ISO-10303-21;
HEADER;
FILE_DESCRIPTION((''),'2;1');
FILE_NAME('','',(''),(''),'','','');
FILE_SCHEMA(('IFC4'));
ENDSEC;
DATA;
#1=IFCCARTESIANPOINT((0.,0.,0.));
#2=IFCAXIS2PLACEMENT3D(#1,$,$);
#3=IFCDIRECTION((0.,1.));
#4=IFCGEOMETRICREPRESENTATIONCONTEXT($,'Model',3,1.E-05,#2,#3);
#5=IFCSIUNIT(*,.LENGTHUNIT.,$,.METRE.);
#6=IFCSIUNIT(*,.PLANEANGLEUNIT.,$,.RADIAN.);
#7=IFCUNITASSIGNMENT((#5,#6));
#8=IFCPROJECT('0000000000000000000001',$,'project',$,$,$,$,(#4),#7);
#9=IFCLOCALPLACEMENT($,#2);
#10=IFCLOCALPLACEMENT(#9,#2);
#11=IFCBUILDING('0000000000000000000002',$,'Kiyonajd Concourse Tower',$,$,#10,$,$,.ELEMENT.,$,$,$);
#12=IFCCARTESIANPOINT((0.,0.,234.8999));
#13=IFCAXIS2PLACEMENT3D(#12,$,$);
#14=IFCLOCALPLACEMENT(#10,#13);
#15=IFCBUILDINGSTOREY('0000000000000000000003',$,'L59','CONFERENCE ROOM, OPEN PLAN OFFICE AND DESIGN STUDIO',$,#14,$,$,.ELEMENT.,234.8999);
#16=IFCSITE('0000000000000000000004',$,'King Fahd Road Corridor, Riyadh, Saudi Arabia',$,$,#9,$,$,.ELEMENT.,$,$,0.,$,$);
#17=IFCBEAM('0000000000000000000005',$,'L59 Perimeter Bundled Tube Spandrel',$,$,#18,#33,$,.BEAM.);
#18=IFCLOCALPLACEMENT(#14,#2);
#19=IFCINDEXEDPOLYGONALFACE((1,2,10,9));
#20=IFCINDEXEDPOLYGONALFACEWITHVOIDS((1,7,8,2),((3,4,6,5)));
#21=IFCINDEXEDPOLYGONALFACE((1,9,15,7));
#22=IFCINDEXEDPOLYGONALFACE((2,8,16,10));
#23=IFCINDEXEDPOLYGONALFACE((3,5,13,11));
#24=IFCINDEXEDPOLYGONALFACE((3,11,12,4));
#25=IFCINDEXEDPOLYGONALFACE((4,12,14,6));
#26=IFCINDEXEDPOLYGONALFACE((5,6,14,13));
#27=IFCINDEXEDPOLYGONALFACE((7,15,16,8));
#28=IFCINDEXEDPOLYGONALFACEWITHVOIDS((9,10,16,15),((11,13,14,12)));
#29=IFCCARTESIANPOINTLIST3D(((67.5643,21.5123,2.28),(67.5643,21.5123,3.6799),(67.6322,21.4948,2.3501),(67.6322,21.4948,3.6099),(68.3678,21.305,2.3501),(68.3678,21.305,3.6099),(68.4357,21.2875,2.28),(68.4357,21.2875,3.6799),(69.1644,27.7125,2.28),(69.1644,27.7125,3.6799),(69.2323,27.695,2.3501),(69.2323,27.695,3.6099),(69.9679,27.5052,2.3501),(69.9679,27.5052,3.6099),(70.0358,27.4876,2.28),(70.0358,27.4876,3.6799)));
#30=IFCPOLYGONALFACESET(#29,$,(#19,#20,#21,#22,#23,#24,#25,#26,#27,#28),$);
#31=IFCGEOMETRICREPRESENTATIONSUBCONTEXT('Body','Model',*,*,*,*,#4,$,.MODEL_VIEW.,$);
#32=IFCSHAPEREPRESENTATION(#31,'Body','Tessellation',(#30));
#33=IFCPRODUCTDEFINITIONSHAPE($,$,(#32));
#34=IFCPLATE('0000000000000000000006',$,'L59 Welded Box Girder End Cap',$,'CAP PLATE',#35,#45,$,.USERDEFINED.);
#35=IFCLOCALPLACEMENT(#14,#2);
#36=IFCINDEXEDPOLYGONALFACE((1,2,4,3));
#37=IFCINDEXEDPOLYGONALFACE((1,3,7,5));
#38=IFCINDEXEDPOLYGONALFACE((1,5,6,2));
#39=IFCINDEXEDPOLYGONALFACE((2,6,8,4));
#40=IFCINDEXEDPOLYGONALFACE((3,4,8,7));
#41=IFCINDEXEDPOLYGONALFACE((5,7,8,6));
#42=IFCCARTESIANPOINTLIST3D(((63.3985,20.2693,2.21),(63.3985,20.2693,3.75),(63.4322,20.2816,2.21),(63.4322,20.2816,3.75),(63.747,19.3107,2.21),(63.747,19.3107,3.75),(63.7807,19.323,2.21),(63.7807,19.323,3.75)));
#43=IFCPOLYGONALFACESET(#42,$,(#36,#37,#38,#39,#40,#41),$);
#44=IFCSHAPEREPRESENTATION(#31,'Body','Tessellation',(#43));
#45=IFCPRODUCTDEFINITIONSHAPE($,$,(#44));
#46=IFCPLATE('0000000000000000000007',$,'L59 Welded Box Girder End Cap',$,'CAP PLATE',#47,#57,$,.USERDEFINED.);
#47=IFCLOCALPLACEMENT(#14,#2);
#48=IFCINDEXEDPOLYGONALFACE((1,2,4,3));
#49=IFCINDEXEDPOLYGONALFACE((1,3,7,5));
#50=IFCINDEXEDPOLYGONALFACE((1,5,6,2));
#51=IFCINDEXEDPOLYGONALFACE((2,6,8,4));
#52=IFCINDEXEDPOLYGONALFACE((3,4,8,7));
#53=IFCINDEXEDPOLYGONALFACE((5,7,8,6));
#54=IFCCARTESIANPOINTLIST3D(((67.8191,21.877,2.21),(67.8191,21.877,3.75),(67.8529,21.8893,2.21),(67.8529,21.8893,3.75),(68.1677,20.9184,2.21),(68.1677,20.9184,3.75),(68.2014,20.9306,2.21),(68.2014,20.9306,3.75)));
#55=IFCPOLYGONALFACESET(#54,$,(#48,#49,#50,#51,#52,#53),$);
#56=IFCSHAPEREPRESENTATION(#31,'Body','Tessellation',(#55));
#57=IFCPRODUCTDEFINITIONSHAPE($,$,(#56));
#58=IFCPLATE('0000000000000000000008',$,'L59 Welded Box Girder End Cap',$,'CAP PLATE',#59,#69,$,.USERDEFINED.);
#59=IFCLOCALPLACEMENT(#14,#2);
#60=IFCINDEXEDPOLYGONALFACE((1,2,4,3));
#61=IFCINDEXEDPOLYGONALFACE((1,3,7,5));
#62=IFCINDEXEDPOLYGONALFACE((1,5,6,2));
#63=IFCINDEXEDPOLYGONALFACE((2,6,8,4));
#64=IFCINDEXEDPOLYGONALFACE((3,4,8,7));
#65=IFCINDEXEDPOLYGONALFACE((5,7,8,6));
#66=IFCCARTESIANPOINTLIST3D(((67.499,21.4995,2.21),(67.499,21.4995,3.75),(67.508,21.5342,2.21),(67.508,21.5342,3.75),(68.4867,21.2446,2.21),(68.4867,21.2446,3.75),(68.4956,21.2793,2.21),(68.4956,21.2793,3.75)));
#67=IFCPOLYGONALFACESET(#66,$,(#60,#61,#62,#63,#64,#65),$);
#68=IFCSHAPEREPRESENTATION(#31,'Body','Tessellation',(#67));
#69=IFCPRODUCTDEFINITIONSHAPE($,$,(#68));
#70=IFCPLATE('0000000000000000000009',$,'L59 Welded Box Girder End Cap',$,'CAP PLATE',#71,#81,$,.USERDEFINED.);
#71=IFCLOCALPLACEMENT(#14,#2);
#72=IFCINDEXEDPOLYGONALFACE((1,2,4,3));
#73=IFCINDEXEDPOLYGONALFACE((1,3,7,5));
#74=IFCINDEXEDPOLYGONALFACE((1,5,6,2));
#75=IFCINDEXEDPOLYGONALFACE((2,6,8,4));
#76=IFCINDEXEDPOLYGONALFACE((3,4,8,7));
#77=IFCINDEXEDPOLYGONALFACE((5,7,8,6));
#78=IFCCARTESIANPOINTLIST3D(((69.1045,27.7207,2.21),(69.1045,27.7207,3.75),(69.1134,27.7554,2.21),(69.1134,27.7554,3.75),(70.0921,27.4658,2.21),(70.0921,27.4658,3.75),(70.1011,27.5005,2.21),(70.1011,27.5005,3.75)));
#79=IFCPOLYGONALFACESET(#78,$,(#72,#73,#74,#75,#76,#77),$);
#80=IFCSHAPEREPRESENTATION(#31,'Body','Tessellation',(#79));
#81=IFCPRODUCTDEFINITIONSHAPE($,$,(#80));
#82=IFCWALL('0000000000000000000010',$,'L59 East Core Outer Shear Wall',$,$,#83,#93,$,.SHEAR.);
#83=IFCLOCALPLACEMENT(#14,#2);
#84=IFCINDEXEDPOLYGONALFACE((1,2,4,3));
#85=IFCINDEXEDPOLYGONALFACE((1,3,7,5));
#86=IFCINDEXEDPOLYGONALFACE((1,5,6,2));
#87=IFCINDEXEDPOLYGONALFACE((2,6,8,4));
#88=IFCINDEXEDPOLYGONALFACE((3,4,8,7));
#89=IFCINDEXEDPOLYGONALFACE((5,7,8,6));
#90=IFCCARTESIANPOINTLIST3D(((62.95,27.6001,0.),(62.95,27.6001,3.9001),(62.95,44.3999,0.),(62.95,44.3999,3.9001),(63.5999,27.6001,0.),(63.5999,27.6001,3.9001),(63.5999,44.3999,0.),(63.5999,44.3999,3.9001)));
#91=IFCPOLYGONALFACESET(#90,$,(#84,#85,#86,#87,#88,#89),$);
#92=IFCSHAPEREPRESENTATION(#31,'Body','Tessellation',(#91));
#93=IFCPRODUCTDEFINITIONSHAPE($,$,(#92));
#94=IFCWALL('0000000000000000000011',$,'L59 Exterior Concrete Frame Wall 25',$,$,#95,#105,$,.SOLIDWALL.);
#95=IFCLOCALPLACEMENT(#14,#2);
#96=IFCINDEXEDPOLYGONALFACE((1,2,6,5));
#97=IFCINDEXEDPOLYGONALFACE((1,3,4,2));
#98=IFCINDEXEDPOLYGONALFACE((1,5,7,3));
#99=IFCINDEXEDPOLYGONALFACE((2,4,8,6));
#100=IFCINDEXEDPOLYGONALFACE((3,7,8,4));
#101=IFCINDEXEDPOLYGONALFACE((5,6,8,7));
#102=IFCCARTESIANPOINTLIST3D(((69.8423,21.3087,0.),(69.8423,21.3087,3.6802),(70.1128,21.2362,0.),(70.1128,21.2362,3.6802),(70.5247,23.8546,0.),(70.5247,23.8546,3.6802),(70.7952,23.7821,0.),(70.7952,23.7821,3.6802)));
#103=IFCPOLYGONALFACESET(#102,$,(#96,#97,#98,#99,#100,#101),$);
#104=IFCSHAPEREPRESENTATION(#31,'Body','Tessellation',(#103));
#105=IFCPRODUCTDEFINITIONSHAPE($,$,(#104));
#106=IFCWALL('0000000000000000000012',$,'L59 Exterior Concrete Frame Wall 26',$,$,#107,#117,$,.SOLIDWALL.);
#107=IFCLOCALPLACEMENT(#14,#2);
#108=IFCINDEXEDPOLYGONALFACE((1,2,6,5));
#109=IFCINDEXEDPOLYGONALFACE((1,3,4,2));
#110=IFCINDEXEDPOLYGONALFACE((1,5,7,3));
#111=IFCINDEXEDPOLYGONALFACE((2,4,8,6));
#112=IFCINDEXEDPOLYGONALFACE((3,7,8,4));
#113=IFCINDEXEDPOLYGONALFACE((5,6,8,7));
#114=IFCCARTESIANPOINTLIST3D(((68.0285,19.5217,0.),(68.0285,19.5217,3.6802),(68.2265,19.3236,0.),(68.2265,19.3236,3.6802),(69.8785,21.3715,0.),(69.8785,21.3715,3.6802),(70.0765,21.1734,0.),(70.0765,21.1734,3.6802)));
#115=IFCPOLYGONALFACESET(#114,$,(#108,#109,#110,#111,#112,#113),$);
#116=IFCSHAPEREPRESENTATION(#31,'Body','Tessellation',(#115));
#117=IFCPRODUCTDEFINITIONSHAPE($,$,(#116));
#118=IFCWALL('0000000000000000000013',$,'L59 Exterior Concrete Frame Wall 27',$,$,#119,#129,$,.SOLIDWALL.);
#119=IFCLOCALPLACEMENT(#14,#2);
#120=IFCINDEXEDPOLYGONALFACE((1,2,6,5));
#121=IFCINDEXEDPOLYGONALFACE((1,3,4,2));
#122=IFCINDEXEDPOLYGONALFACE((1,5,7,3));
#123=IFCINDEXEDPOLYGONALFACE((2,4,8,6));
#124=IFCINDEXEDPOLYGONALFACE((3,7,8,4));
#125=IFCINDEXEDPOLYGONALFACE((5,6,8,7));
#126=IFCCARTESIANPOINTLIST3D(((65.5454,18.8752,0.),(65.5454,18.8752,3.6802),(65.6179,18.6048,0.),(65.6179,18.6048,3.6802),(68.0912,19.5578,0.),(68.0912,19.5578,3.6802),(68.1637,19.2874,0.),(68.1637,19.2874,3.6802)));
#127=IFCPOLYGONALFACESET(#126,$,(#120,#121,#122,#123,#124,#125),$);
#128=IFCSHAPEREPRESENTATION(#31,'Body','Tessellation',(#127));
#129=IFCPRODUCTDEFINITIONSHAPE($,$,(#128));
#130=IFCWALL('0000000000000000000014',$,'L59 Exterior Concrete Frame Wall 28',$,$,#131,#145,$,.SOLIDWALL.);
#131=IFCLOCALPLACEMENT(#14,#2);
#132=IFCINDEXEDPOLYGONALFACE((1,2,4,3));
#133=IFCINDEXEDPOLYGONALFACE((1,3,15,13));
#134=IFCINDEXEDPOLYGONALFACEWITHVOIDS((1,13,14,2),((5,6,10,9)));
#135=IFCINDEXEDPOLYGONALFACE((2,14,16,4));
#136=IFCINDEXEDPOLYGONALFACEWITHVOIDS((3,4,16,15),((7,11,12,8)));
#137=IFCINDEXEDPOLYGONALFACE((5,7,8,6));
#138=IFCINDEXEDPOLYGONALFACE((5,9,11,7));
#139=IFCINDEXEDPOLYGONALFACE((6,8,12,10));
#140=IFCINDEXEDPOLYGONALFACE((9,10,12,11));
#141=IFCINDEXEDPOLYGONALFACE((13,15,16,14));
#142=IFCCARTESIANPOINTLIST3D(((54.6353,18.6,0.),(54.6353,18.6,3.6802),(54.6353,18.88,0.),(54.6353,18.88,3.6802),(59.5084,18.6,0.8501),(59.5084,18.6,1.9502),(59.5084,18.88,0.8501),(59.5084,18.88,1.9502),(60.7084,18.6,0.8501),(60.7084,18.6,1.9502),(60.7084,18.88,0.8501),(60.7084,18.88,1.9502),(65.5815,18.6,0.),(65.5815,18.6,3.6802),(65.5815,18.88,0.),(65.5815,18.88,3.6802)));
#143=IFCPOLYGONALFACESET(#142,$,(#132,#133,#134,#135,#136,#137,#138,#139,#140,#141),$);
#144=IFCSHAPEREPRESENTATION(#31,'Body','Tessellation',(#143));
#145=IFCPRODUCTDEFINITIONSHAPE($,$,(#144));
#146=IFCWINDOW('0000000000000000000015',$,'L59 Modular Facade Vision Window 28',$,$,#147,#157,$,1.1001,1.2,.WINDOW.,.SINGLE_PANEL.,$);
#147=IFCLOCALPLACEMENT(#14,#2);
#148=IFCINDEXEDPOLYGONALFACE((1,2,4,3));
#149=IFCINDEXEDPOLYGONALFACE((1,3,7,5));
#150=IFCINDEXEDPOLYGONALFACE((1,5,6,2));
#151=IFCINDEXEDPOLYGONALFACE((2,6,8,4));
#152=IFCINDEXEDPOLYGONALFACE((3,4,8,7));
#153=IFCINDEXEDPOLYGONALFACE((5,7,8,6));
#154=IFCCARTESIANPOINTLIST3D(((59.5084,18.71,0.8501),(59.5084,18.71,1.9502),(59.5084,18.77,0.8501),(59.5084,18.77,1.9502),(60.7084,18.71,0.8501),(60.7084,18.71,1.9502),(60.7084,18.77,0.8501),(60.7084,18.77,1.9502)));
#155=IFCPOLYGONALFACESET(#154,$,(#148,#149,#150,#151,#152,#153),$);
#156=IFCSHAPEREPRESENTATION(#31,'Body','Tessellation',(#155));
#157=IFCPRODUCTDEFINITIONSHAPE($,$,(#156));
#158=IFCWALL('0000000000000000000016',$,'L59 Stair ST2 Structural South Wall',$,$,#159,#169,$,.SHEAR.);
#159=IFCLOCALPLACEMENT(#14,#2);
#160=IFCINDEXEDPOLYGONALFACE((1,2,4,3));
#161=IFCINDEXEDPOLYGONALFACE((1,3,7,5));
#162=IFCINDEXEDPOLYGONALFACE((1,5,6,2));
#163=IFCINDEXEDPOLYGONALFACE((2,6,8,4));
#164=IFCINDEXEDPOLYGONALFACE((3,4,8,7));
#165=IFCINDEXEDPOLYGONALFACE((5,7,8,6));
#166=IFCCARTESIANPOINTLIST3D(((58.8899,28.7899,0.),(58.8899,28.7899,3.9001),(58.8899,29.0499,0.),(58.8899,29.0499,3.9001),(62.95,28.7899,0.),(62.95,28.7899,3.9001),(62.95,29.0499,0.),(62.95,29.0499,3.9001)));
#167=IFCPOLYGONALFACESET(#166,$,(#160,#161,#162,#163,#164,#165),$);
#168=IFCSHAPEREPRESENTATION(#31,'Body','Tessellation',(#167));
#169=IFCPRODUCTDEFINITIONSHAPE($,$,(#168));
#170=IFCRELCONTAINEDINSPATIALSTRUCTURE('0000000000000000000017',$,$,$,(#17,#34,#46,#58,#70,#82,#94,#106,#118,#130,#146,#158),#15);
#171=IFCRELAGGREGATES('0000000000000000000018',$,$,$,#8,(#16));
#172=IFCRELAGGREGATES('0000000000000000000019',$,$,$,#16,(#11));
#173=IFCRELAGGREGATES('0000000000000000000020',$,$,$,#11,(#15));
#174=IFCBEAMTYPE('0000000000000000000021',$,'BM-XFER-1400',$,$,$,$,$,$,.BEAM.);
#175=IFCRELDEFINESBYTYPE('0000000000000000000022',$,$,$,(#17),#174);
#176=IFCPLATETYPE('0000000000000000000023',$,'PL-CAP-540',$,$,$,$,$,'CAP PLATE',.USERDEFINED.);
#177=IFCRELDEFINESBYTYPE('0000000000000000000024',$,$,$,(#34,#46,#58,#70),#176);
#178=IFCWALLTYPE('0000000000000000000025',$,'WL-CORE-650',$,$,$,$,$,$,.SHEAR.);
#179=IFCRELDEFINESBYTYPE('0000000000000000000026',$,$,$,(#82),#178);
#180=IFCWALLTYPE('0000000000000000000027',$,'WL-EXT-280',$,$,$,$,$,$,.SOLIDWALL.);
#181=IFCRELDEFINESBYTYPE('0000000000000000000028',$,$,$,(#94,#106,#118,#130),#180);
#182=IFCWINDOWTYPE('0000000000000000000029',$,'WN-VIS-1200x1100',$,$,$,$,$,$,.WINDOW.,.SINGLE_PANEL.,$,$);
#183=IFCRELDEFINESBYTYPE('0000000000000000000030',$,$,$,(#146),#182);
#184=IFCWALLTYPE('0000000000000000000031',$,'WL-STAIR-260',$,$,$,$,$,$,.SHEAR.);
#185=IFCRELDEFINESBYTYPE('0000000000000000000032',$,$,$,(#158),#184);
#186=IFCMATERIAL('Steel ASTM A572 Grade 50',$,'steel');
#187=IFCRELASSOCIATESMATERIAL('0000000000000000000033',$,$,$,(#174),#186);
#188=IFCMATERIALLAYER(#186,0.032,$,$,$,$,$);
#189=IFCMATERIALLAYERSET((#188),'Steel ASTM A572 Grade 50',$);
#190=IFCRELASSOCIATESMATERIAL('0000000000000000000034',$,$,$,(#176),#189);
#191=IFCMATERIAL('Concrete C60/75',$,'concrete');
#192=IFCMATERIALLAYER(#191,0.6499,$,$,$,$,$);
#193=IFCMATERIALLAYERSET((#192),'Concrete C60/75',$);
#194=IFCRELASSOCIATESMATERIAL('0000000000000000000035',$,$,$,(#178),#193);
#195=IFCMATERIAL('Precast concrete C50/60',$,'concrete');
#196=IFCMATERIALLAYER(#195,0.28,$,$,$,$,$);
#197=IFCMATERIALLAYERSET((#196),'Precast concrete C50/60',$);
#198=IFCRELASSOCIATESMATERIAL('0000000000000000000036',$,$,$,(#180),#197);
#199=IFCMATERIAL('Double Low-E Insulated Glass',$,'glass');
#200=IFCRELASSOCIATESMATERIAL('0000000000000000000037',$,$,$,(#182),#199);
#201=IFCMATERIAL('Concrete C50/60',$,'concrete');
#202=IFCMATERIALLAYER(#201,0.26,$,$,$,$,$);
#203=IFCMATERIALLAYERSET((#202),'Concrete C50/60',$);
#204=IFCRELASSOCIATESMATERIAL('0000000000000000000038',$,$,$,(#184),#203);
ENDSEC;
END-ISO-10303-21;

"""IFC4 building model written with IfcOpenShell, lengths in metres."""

from ifc_helpers import new_model, si_unit, direction, frame, frame_2d, origin, origin_2d, place, context, subcontext, project, spatial, rectangle, hollow_rectangle, extrude, material, layer, layer_set, material_profile, profile_set, type_object, element, fill, save


model = new_model("IFC4")

# Units and contexts
model_context = context("Model", 3, precision=1e-05, world=origin(), true_north=direction((0.0, 1.0)))
body_context = subcontext(model_context, "Body", "Model", "MODEL_VIEW")
ifc_project = project(units=[si_unit("LENGTHUNIT", "METRE"), si_unit("PLANEANGLEUNIT", "RADIAN")], contexts=[model_context])

# Site, building, storey
site_placement = place(None, origin())
site = spatial("IfcSite", under=ifc_project, at=site_placement, Name="King Fahd Road Corridor, Riyadh, Saudi Arabia", CompositionType="ELEMENT", RefElevation=0.0)
building_placement = place(site_placement, origin())
building = spatial("IfcBuilding", under=site, at=building_placement, Name="Kiyonajd Concourse Tower", CompositionType="ELEMENT")
storey_placement = place(building_placement, frame((0.0, 0.0, 234.8999)))
storey = spatial("IfcBuildingStorey", under=building, at=storey_placement, Name="L59", Description="CONFERENCE ROOM, OPEN PLAN OFFICE AND DESIGN STUDIO", CompositionType="ELEMENT", Elevation=234.8999)

# Shared definitions
ifc_material_1 = material(Name="Concrete C60/75", Category="concrete")

# Beam
ifc_material_2 = material(Name="Concrete C50/60", Category="concrete")
ifc_material_3 = material(Name="Steel ASTM A572 Grade 50", Category="steel")
ifc_material_profile_1 = material_profile(ifc_material_3, hollow_rectangle(XDim=0.8999, YDim=1.3999, WallThickness=0.0701, at=origin_2d()), Name="BOX-1400x900x70")
ifc_profile_set_1 = profile_set([ifc_material_profile_1], Name="Steel ASTM A572 Grade 50")
beam_type_1 = type_object("IfcBeamType", Name="BM-XFER-1400", PredefinedType="BEAM", material=ifc_profile_set_1)
beam_1_placement = place(storey_placement, frame((68.0, 21.3999, 2.98), z_axis=(0.249885, 0.968276, 0.0), x_axis=(-0.968276, 0.249885, 0.0)))
element("IfcBeam", 1, at=beam_1_placement, inside=storey, type_object=beam_type_1, Name="L59 Perimeter Bundled Tube Spandrel", PredefinedType="BEAM", context=body_context, shape_type="SweptSolid", body=[
    extrude(hollow_rectangle(XDim=0.8999, YDim=1.3999, WallThickness=0.0701, at=origin_2d()), origin(), (0.0, 0.0, 1.0), 6.4033),
])

# Plates
ifc_layer_1 = layer(ifc_material_3, 0.032)
ifc_layer_set_1 = layer_set([ifc_layer_1], Name="Steel ASTM A572 Grade 50")
plate_type = type_object("IfcPlateType", Name="PL-CAP-540", ElementType="CAP PLATE", PredefinedType="USERDEFINED", material=ifc_layer_set_1)
for number, where, z_axis, x_axis, name in (
    (2, (63.5896, 19.7961, 2.21), (0.0, 0.0, 1.0), (-0.939812, -0.341692, 0.0), "L59 Welded Box Girder End Cap"),
    (3, (68.0103, 21.4038, 2.21), (0.0, 0.0, 1.0), (0.939812, 0.341692, 0.0), "L59 Welded Box Girder End Cap"),
    (4, (67.9973, 21.3894, 2.21), (0.0, 0.0, 1.0), (-0.249873, -0.968279, 0.0), "L59 Welded Box Girder End Cap"),
    (5, (69.6028, 27.6106, 2.21), (0.0, 0.0, 1.0), (0.249873, 0.968279, 0.0), "L59 Welded Box Girder End Cap"),
):
    element("IfcPlate", number, at=place(storey_placement, frame(where, z_axis=z_axis, x_axis=x_axis)), inside=storey, type_object=plate_type, Name=name, ObjectType="CAP PLATE", PredefinedType="USERDEFINED", context=body_context, shape_type="SweptSolid", body=[
        extrude(rectangle(XDim=0.0359, YDim=1.02, at=origin_2d()), origin(), (0.0, 0.0, 1.0), 1.54),
    ])

# Walls
ifc_layer_2 = layer(ifc_material_1, 0.6499)
ifc_layer_set_2 = layer_set([ifc_layer_2], Name="Concrete C60/75")
wall_type_1 = type_object("IfcWallType", Name="WL-CORE-650", PredefinedType="SHEAR", material=ifc_layer_set_2)
wall_1_placement = place(storey_placement, frame((63.2749, 27.6001, 0.0), z_axis=(0.0, 0.0, 1.0), x_axis=(0.0, 1.0, 0.0)))
element("IfcWall", 6, at=wall_1_placement, inside=storey, type_object=wall_type_1, Name="L59 East Core Outer Shear Wall", PredefinedType="SHEAR", context=body_context, shape_type="SweptSolid", body=[
    extrude(rectangle(XDim=16.7998, YDim=0.6499, at=frame_2d((8.3999, 0.0))), origin(), (0.0, 0.0, 1.0), 3.9001),
])
ifc_material_4 = material(Name="Precast concrete C50/60", Category="concrete")
ifc_layer_3 = layer(ifc_material_4, 0.28)
ifc_layer_set_3 = layer_set([ifc_layer_3], Name="Precast concrete C50/60")
wall_type_2 = type_object("IfcWallType", Name="WL-EXT-280", PredefinedType="SOLIDWALL", material=ifc_layer_set_3)
wall_2_placement = place(storey_placement, frame((70.6599, 23.8184, 0.0), z_axis=(0.0, 0.0, 1.0), x_axis=(-0.25889, -0.965907, 0.0)))
element("IfcWall", 7, at=wall_2_placement, inside=storey, type_object=wall_type_2, Name="L59 Exterior Concrete Frame Wall 25", PredefinedType="SOLIDWALL", context=body_context, shape_type="SweptSolid", body=[
    extrude(rectangle(XDim=2.6357, YDim=0.28, at=frame_2d((1.3179, 0.0))), origin(), (0.0, 0.0, 1.0), 3.6802),
])
wall_3_placement = place(storey_placement, frame((69.9775, 21.2725, 0.0), z_axis=(0.0, 0.0, 1.0), x_axis=(-0.707153, -0.70706, 0.0)))
element("IfcWall", 8, at=wall_3_placement, inside=storey, type_object=wall_type_2, Name="L59 Exterior Concrete Frame Wall 26", PredefinedType="SOLIDWALL", context=body_context, shape_type="SweptSolid", body=[
    extrude(rectangle(XDim=2.6162, YDim=0.28, at=frame_2d((1.3081, 0.0))), origin(), (0.0, 0.0, 1.0), 3.6802),
])
wall_4_placement = place(storey_placement, frame((68.1274, 19.4226, 0.0), z_axis=(0.0, 0.0, 1.0), x_axis=(-0.965884, -0.258977, 0.0)))
element("IfcWall", 9, at=wall_4_placement, inside=storey, type_object=wall_type_2, Name="L59 Exterior Concrete Frame Wall 27", PredefinedType="SOLIDWALL", context=body_context, shape_type="SweptSolid", body=[
    extrude(rectangle(XDim=2.6357, YDim=0.28, at=frame_2d((1.3179, 0.0))), origin(), (0.0, 0.0, 1.0), 3.6802),
])

# Wall, opening, window
wall_5_placement = place(storey_placement, frame((65.5815, 18.74, 0.0), z_axis=(0.0, 0.0, 1.0), x_axis=(-1.0, 0.0, 0.0)))
wall_5 = element("IfcWall", 10, at=wall_5_placement, inside=storey, type_object=wall_type_2, Name="L59 Exterior Concrete Frame Wall 28", PredefinedType="SOLIDWALL", context=body_context, shape_type="SweptSolid", body=[
    extrude(rectangle(XDim=10.9463, YDim=0.28, at=frame_2d((5.4731, 0.0))), origin(), (0.0, 0.0, 1.0), 3.6802),
])
opening_1_placement = place(wall_5_placement, frame((4.873, 0.0, 0.8501)))
opening_1 = element("IfcOpeningElement", 11, at=opening_1_placement, cuts=wall_5, PredefinedType="OPENING", context=body_context, shape_type="SweptSolid", body=[
    extrude(rectangle(XDim=1.2, YDim=1.1001, at=frame_2d((0.6001, 0.55))), frame((0.0, 0.1499, 0.0), z_axis=(0.0, -1.0, 0.0), x_axis=(1.0, 0.0, 0.0)), (0.0, 0.0, 1.0), 0.3),
])
ifc_material_5 = material(Name="Double Low-E Insulated Glass", Category="glass")
window_type = type_object("IfcWindowType", Name="WN-VIS-1200x1100", PartitioningType="SINGLE_PANEL", PredefinedType="WINDOW", material=ifc_material_5)
window_placement = place(opening_1_placement, origin())
window = element("IfcWindow", 12, at=window_placement, inside=storey, type_object=window_type, Name="L59 Modular Facade Vision Window 28", OverallHeight=1.1001, OverallWidth=1.2, PartitioningType="SINGLE_PANEL", PredefinedType="WINDOW", context=body_context, shape_type="SweptSolid", body=[
    extrude(rectangle(XDim=1.2, YDim=1.1001, at=frame_2d((0.6001, 0.55))), frame((0.0, 0.03, 0.0), z_axis=(0.0, -1.0, 0.0), x_axis=(1.0, 0.0, 0.0)), (0.0, 0.0, 1.0), 0.0601),
])
fill(opening_1, window)

# Wall
ifc_layer_4 = layer(ifc_material_2, 0.26)
ifc_layer_set_4 = layer_set([ifc_layer_4], Name="Concrete C50/60")
wall_type_3 = type_object("IfcWallType", Name="WL-STAIR-260", PredefinedType="SHEAR", material=ifc_layer_set_4)
wall_6_placement = place(storey_placement, frame((58.8899, 28.9199, 0.0), z_axis=(0.0, 0.0, 1.0), x_axis=(1.0, 0.0, 0.0)))
element("IfcWall", 13, at=wall_6_placement, inside=storey, type_object=wall_type_3, Name="L59 Stair ST2 Structural South Wall", PredefinedType="SHEAR", context=body_context, shape_type="SweptSolid", body=[
    extrude(rectangle(XDim=4.0601, YDim=0.26, at=frame_2d((2.03, 0.0))), origin(), (0.0, 0.0, 1.0), 3.9001),
])

save(model, "model.ifc")
